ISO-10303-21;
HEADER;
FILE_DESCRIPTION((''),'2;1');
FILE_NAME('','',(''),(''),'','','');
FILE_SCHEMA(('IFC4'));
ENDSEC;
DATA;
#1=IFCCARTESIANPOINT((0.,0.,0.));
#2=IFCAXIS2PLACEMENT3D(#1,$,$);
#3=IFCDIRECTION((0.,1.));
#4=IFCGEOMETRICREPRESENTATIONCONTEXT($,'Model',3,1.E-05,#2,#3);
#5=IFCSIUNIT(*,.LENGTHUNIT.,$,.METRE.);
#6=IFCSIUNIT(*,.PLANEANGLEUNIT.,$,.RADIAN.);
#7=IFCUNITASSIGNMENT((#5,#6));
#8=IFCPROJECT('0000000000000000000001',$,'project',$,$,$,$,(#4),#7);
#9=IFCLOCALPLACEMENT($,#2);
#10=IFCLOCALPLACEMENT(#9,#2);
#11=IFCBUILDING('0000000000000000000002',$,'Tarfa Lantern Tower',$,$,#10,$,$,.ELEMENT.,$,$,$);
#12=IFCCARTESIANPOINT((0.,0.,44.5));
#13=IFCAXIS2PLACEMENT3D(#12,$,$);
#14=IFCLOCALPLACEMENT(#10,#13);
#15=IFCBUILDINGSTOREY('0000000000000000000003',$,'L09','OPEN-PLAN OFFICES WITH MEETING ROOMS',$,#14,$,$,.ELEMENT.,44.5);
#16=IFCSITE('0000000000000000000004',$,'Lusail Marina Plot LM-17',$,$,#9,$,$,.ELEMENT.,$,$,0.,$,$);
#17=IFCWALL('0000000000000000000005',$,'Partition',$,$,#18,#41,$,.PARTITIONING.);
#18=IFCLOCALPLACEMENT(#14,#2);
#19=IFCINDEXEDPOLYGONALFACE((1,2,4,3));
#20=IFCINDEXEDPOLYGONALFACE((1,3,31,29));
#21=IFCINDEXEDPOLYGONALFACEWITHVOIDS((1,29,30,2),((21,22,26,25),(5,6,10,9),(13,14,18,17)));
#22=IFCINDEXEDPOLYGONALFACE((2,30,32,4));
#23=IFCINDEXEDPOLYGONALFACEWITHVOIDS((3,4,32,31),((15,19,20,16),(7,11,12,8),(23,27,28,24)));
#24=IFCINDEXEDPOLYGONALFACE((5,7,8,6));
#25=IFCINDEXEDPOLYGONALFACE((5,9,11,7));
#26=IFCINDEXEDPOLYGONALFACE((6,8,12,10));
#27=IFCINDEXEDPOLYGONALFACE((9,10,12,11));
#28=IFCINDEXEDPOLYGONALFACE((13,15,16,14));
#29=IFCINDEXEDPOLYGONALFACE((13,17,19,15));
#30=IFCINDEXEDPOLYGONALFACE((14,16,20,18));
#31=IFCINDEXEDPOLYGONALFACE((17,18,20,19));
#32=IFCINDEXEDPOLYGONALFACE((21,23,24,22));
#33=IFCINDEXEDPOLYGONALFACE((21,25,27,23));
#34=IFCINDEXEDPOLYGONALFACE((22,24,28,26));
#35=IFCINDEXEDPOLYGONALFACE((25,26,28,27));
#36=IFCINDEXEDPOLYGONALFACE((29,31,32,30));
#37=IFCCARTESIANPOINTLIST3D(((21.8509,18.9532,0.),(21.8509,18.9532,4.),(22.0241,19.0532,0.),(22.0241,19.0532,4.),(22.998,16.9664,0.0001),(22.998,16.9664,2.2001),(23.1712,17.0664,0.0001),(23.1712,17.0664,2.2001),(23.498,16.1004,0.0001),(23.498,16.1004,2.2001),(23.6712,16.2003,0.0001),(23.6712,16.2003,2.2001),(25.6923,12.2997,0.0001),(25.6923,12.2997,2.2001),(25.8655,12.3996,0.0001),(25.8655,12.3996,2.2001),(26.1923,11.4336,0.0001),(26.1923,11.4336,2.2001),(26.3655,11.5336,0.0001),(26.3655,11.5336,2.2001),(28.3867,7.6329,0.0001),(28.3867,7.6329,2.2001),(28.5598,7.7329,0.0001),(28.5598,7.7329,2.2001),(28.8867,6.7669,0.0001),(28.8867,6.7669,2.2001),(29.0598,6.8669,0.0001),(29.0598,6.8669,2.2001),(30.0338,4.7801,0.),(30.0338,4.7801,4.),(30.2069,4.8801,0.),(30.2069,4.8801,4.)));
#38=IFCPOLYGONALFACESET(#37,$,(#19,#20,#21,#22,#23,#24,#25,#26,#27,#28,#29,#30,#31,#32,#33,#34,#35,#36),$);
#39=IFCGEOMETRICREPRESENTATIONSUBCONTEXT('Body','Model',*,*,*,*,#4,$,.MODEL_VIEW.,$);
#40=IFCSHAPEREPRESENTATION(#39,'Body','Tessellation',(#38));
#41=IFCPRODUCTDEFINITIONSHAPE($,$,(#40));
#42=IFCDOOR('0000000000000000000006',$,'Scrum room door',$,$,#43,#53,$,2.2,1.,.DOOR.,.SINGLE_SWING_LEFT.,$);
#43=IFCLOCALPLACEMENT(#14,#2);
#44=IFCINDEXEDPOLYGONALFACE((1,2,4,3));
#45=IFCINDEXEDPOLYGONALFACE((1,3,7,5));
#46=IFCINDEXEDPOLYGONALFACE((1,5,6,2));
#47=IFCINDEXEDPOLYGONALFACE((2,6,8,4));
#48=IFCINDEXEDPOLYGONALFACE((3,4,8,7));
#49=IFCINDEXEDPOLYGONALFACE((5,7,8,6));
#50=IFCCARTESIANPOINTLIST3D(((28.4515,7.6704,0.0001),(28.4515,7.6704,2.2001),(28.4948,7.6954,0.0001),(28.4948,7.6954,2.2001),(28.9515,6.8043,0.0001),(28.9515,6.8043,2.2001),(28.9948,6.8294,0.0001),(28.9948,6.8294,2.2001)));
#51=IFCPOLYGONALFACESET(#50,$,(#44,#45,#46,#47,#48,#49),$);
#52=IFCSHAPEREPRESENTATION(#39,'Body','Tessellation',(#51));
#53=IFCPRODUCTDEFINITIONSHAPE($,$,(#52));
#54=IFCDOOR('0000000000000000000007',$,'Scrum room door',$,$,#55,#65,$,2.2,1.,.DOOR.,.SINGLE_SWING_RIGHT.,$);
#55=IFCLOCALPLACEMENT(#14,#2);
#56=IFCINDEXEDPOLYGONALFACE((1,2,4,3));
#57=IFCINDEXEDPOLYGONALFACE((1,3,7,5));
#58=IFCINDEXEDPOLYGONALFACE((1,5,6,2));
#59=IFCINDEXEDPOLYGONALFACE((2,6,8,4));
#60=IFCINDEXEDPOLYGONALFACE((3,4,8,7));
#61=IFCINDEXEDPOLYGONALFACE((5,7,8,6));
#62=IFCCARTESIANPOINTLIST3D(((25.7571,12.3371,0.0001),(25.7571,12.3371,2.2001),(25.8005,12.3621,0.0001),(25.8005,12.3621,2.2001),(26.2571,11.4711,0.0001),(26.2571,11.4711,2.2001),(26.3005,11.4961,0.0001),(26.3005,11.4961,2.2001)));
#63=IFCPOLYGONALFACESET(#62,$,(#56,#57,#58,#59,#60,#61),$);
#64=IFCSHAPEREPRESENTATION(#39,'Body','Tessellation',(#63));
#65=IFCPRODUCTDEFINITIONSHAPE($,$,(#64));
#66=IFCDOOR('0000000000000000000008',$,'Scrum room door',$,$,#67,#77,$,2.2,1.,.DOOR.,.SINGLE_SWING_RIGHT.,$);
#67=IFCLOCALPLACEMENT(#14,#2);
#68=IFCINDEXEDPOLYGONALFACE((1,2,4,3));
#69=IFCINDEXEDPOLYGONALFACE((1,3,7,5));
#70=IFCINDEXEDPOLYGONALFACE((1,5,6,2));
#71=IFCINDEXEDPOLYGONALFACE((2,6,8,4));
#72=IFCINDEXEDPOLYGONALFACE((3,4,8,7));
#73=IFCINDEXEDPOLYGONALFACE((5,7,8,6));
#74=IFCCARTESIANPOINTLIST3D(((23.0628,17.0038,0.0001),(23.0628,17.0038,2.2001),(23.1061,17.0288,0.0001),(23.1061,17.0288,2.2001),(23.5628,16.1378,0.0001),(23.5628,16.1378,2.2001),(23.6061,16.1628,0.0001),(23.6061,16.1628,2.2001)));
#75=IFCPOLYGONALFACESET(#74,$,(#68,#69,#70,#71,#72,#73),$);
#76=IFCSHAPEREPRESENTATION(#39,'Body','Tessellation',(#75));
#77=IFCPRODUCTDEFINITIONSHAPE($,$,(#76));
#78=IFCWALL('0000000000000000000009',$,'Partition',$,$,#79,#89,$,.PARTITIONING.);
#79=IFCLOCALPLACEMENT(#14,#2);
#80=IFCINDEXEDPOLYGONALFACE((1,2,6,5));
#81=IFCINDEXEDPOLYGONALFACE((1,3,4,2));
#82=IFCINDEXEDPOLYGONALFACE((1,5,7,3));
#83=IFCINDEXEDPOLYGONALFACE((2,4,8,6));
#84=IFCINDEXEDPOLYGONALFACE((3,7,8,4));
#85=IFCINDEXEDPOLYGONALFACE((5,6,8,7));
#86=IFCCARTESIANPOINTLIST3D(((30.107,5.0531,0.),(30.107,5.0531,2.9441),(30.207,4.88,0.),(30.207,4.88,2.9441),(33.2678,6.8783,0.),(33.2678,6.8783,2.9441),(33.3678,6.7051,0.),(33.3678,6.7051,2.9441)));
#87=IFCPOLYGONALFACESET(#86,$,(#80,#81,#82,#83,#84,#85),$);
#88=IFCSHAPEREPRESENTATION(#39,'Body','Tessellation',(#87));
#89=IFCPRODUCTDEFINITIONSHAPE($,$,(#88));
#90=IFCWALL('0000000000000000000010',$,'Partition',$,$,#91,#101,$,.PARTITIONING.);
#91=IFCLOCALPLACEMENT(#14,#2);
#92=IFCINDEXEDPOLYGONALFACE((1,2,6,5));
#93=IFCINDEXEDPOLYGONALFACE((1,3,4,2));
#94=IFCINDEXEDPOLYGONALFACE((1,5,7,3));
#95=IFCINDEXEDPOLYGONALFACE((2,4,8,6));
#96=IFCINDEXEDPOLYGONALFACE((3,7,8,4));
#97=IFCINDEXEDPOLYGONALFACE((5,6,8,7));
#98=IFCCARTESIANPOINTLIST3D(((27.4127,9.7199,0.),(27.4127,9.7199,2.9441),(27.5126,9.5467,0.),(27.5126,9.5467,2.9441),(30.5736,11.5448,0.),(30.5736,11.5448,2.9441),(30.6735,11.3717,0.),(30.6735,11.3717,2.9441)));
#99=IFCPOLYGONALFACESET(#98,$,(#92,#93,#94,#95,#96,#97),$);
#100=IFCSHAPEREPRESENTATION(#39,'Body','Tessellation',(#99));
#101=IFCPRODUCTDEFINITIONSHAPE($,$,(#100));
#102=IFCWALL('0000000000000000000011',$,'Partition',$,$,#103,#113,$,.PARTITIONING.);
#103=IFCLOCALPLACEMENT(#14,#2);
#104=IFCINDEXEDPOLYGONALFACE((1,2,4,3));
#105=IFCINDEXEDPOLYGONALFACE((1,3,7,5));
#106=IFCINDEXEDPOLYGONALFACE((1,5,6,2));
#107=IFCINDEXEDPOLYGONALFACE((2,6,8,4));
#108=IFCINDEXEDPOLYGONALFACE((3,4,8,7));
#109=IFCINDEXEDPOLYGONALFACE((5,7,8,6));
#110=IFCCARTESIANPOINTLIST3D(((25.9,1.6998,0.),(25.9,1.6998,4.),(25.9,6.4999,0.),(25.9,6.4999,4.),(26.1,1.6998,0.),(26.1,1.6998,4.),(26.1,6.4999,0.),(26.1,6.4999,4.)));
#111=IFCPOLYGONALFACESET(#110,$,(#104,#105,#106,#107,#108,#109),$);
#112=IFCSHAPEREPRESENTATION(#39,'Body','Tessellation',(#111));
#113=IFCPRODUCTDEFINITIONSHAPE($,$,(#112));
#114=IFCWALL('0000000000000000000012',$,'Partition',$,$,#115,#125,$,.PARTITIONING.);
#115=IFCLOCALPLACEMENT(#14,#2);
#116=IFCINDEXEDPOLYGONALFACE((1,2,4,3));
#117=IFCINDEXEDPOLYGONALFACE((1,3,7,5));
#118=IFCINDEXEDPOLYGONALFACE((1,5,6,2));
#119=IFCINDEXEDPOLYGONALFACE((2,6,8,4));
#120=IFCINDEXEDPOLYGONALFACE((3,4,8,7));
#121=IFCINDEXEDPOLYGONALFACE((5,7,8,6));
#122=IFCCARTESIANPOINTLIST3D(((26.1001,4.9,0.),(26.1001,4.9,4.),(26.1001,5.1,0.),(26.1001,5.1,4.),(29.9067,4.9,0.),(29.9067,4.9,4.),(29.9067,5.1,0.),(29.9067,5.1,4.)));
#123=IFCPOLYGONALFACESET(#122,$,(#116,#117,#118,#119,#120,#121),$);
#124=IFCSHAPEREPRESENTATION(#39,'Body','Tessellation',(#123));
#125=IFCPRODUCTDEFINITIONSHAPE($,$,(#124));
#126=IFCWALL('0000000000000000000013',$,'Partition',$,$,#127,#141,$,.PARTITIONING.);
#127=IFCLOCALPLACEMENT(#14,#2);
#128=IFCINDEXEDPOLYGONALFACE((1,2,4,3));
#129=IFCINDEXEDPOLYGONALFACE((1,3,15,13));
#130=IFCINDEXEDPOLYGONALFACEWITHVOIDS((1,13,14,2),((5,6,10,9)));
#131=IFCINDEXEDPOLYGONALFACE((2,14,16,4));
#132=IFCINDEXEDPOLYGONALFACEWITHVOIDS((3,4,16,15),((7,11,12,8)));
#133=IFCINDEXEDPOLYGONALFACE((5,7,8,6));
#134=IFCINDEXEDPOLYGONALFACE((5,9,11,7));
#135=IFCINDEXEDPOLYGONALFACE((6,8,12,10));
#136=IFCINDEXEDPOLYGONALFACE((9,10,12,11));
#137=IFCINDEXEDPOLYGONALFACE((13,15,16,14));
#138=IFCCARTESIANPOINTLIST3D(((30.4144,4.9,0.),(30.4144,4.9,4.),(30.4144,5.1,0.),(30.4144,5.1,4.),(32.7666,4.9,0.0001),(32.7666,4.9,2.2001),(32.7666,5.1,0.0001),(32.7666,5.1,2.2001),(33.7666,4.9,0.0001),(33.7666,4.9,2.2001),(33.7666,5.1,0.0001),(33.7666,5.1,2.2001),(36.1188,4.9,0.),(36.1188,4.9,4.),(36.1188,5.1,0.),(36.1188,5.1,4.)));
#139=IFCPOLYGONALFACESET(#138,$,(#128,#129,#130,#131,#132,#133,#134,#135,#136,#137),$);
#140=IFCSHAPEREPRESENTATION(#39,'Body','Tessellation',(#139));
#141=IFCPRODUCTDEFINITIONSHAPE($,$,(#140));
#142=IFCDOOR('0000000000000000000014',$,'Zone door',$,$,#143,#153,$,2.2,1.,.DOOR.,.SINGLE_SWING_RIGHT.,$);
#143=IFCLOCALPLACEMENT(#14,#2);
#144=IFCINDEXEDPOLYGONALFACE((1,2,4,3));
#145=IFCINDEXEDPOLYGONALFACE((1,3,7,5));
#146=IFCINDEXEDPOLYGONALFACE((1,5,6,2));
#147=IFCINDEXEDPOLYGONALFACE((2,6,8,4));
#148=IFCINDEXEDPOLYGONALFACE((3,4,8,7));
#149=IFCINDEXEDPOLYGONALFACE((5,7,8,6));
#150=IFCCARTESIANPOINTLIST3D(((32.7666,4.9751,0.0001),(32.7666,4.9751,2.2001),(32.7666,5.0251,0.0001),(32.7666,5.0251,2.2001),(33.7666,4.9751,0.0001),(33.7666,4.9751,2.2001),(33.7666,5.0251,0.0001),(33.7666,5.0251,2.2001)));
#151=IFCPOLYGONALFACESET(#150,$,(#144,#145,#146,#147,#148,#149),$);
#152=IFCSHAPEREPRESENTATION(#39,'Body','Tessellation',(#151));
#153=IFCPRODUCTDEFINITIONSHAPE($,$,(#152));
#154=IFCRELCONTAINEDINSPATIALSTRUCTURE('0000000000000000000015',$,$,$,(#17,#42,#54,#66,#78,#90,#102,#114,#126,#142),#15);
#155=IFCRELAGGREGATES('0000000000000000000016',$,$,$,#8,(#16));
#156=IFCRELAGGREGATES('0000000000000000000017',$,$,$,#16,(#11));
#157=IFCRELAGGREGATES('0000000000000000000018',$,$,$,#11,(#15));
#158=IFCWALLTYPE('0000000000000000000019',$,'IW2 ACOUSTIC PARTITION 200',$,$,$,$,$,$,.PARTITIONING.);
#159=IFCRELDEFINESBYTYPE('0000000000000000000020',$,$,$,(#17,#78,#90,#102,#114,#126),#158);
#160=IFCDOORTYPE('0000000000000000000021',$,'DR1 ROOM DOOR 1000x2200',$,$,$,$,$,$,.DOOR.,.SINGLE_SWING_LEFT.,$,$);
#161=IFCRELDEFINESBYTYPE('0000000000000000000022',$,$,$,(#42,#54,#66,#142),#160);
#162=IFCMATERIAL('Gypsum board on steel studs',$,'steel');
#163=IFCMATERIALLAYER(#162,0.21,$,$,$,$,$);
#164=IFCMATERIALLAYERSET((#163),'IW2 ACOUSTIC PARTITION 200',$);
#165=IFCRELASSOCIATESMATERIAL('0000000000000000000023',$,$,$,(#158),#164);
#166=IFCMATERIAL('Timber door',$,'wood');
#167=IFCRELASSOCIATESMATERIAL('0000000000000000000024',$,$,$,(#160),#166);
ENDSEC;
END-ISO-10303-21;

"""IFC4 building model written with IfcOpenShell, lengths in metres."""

from ifc_helpers import new_model, si_unit, direction, frame, frame_2d, origin, place, context, subcontext, project, spatial, rectangle, extrude, material, layer, layer_set, type_object, element, fill, save


model = new_model("IFC4")

# Units and contexts
model_context = context("Model", 3, precision=1e-05, world=origin(), true_north=direction((0.0, 1.0)))
body_context = subcontext(model_context, "Body", "Model", "MODEL_VIEW")
ifc_project = project(units=[si_unit("LENGTHUNIT", "METRE"), si_unit("PLANEANGLEUNIT", "RADIAN")], contexts=[model_context])

# Site, building, storey
site_placement = place(None, origin())
site = spatial("IfcSite", under=ifc_project, at=site_placement, Name="Lusail Marina Plot LM-17", CompositionType="ELEMENT", RefElevation=0.0)
building_placement = place(site_placement, origin())
building = spatial("IfcBuilding", under=site, at=building_placement, Name="Tarfa Lantern Tower", CompositionType="ELEMENT")
storey_placement = place(building_placement, frame((0.0, 0.0, 44.5)))
storey = spatial("IfcBuildingStorey", under=building, at=storey_placement, Name="L09", Description="OPEN-PLAN OFFICES WITH MEETING ROOMS", CompositionType="ELEMENT", Elevation=44.5)

# Wall, openings, doors
ifc_material_1 = material(Name="Gypsum board on steel studs", Category="steel")
ifc_layer_1 = layer(ifc_material_1, 0.21)
ifc_layer_set_1 = layer_set([ifc_layer_1], Name="IW2 ACOUSTIC PARTITION 200")
wall_type = type_object("IfcWallType", Name="IW2 ACOUSTIC PARTITION 200", PredefinedType="PARTITIONING", material=ifc_layer_set_1)
wall_1_placement = place(storey_placement, frame((30.1204, 4.8301, 0.0), z_axis=(0.0, 0.0, 1.0), x_axis=(-0.500001, 0.866025, 0.0)))
wall_1 = element("IfcWall", 1, at=wall_1_placement, inside=storey, type_object=wall_type, Name="Partition", PredefinedType="PARTITIONING", context=body_context, shape_type="SweptSolid", body=[
    extrude(rectangle(XDim=16.3657, YDim=0.2, at=frame_2d((8.1829, 0.0))), origin(), (0.0, 0.0, 1.0), 4.0),
])
opening_1_placement = place(wall_1_placement, frame((2.2942, 0.0, 0.0)))
opening_1 = element("IfcOpeningElement", 2, at=opening_1_placement, cuts=wall_1, PredefinedType="OPENING", context=body_context, shape_type="SweptSolid", body=[
    extrude(rectangle(XDim=1.0, YDim=2.2, at=frame_2d((0.5, 1.1001))), frame((0.0, 0.1099, 0.0), z_axis=(0.0, -1.0, 0.0), x_axis=(1.0, 0.0, 0.0)), (0.0, 0.0, 1.0), 0.22),
])
opening_2_placement = place(wall_1_placement, frame((7.6829, 0.0, 0.0)))
opening_2 = element("IfcOpeningElement", 3, at=opening_2_placement, cuts=wall_1, PredefinedType="OPENING", context=body_context, shape_type="SweptSolid", body=[
    extrude(rectangle(XDim=1.0, YDim=2.2, at=frame_2d((0.5, 1.1001))), frame((0.0, 0.1099, 0.0), z_axis=(0.0, -1.0, 0.0), x_axis=(1.0, 0.0, 0.0)), (0.0, 0.0, 1.0), 0.22),
])
opening_3_placement = place(wall_1_placement, frame((13.0715, 0.0, 0.0)))
opening_3 = element("IfcOpeningElement", 4, at=opening_3_placement, cuts=wall_1, PredefinedType="OPENING", context=body_context, shape_type="SweptSolid", body=[
    extrude(rectangle(XDim=1.0, YDim=2.2, at=frame_2d((0.5, 1.1001))), frame((0.0, 0.1099, 0.0), z_axis=(0.0, -1.0, 0.0), x_axis=(1.0, 0.0, 0.0)), (0.0, 0.0, 1.0), 0.22),
])
ifc_material_2 = material(Name="Timber door", Category="wood")
door_type = type_object("IfcDoorType", Name="DR1 ROOM DOOR 1000x2200", OperationType="SINGLE_SWING_LEFT", PredefinedType="DOOR", material=ifc_material_2)
door_1_placement = place(opening_1_placement, frame((1.0, 0.0, 0.0), z_axis=(0.0, 0.0, 1.0), x_axis=(-1.0, 0.0, 0.0)))
door_1 = element("IfcDoor", 5, at=door_1_placement, inside=storey, type_object=door_type, Name="Scrum room door", OperationType="SINGLE_SWING_LEFT", OverallHeight=2.2, OverallWidth=1.0, PredefinedType="DOOR", context=body_context, shape_type="SweptSolid", body=[
    extrude(rectangle(XDim=1.0, YDim=2.2, at=frame_2d((0.5, 1.1001))), frame((0.0, 0.0249, 0.0), z_axis=(0.0, -1.0, 0.0), x_axis=(1.0, 0.0, 0.0)), (0.0, 0.0, 1.0), 0.05),
])
fill(opening_1, door_1)
door_2_placement = place(opening_2_placement, frame((1.0, 0.0, 0.0), z_axis=(0.0, 0.0, 1.0), x_axis=(-1.0, 0.0, 0.0)))
door_2 = element("IfcDoor", 6, at=door_2_placement, inside=storey, type_object=door_type, Name="Scrum room door", OperationType="SINGLE_SWING_RIGHT", OverallHeight=2.2, OverallWidth=1.0, PredefinedType="DOOR", context=body_context, shape_type="SweptSolid", body=[
    extrude(rectangle(XDim=1.0, YDim=2.2, at=frame_2d((0.5, 1.1001))), frame((0.0, 0.0249, 0.0), z_axis=(0.0, -1.0, 0.0), x_axis=(1.0, 0.0, 0.0)), (0.0, 0.0, 1.0), 0.05),
])
fill(opening_2, door_2)
door_3_placement = place(opening_3_placement, frame((1.0, 0.0, 0.0), z_axis=(0.0, 0.0, 1.0), x_axis=(-1.0, 0.0, 0.0)))
door_3 = element("IfcDoor", 7, at=door_3_placement, inside=storey, type_object=door_type, Name="Scrum room door", OperationType="SINGLE_SWING_RIGHT", OverallHeight=2.2, OverallWidth=1.0, PredefinedType="DOOR", context=body_context, shape_type="SweptSolid", body=[
    extrude(rectangle(XDim=1.0, YDim=2.2, at=frame_2d((0.5, 1.1001))), frame((0.0, 0.0249, 0.0), z_axis=(0.0, -1.0, 0.0), x_axis=(1.0, 0.0, 0.0)), (0.0, 0.0, 1.0), 0.05),
])
fill(opening_3, door_3)

# Walls
for number, where, z_axis, x_axis, name in (
    (8, (30.157, 4.9666, 0.0), (0.0, 0.0, 1.0), (0.865995, 0.500052, 0.0), "Partition"),
    (9, (27.4626, 9.6333, 0.0), (0.0, 0.0, 1.0), (0.866024, 0.500002, 0.0), "Partition"),
):
    element("IfcWall", number, at=place(storey_placement, frame(where, z_axis=z_axis, x_axis=x_axis)), inside=storey, type_object=wall_type, Name=name, PredefinedType="PARTITIONING", context=body_context, shape_type="SweptSolid", body=[
        extrude(rectangle(XDim=3.6499, YDim=0.2, at=frame_2d((1.825, 0.0))), origin(), (0.0, 0.0, 1.0), 2.9441),
    ])
wall_2_placement = place(storey_placement, frame((26.0, 1.7, 0.0), z_axis=(0.0, 0.0, 1.0), x_axis=(0.0, 1.0, 0.0)))
element("IfcWall", 10, at=wall_2_placement, inside=storey, type_object=wall_type, Name="Partition", PredefinedType="PARTITIONING", context=body_context, shape_type="SweptSolid", body=[
    extrude(rectangle(XDim=4.8, YDim=0.2, at=frame_2d((2.3999, 0.0))), origin(), (0.0, 0.0, 1.0), 4.0),
])
wall_3_placement = place(storey_placement, frame((26.1001, 5.0, 0.0), z_axis=(0.0, 0.0, 1.0), x_axis=(1.0, 0.0, 0.0)))
element("IfcWall", 11, at=wall_3_placement, inside=storey, type_object=wall_type, Name="Partition", PredefinedType="PARTITIONING", context=body_context, shape_type="SweptSolid", body=[
    extrude(rectangle(XDim=3.8066, YDim=0.2, at=frame_2d((1.9033, 0.0))), origin(), (0.0, 0.0, 1.0), 4.0),
])

# Wall, opening, door
wall_4_placement = place(storey_placement, frame((30.4146, 5.0, 0.0), z_axis=(0.0, 0.0, 1.0), x_axis=(1.0, 0.0, 0.0)))
wall_4 = element("IfcWall", 12, at=wall_4_placement, inside=storey, type_object=wall_type, Name="Partition", PredefinedType="PARTITIONING", context=body_context, shape_type="SweptSolid", body=[
    extrude(rectangle(XDim=5.7043, YDim=0.2, at=frame_2d((2.8521, 0.0))), origin(), (0.0, 0.0, 1.0), 4.0),
])
opening_4_placement = place(wall_4_placement, frame((2.3521, 0.0, 0.0)))
opening_4 = element("IfcOpeningElement", 13, at=opening_4_placement, cuts=wall_4, PredefinedType="OPENING", context=body_context, shape_type="SweptSolid", body=[
    extrude(rectangle(XDim=1.0, YDim=2.2, at=frame_2d((0.5, 1.1001))), frame((0.0, 0.1099, 0.0), z_axis=(0.0, -1.0, 0.0), x_axis=(1.0, 0.0, 0.0)), (0.0, 0.0, 1.0), 0.22),
])
door_4_placement = place(opening_4_placement, frame((1.0, 0.0, 0.0), z_axis=(0.0, 0.0, 1.0), x_axis=(-1.0, 0.0, 0.0)))
door_4 = element("IfcDoor", 14, at=door_4_placement, inside=storey, type_object=door_type, Name="Zone door", OperationType="SINGLE_SWING_RIGHT", OverallHeight=2.2, OverallWidth=1.0, PredefinedType="DOOR", context=body_context, shape_type="SweptSolid", body=[
    extrude(rectangle(XDim=1.0, YDim=2.2, at=frame_2d((0.5, 1.1001))), frame((0.0, 0.0249, 0.0), z_axis=(0.0, -1.0, 0.0), x_axis=(1.0, 0.0, 0.0)), (0.0, 0.0, 1.0), 0.05),
])
fill(opening_4, door_4)

save(model, "model.ifc")
